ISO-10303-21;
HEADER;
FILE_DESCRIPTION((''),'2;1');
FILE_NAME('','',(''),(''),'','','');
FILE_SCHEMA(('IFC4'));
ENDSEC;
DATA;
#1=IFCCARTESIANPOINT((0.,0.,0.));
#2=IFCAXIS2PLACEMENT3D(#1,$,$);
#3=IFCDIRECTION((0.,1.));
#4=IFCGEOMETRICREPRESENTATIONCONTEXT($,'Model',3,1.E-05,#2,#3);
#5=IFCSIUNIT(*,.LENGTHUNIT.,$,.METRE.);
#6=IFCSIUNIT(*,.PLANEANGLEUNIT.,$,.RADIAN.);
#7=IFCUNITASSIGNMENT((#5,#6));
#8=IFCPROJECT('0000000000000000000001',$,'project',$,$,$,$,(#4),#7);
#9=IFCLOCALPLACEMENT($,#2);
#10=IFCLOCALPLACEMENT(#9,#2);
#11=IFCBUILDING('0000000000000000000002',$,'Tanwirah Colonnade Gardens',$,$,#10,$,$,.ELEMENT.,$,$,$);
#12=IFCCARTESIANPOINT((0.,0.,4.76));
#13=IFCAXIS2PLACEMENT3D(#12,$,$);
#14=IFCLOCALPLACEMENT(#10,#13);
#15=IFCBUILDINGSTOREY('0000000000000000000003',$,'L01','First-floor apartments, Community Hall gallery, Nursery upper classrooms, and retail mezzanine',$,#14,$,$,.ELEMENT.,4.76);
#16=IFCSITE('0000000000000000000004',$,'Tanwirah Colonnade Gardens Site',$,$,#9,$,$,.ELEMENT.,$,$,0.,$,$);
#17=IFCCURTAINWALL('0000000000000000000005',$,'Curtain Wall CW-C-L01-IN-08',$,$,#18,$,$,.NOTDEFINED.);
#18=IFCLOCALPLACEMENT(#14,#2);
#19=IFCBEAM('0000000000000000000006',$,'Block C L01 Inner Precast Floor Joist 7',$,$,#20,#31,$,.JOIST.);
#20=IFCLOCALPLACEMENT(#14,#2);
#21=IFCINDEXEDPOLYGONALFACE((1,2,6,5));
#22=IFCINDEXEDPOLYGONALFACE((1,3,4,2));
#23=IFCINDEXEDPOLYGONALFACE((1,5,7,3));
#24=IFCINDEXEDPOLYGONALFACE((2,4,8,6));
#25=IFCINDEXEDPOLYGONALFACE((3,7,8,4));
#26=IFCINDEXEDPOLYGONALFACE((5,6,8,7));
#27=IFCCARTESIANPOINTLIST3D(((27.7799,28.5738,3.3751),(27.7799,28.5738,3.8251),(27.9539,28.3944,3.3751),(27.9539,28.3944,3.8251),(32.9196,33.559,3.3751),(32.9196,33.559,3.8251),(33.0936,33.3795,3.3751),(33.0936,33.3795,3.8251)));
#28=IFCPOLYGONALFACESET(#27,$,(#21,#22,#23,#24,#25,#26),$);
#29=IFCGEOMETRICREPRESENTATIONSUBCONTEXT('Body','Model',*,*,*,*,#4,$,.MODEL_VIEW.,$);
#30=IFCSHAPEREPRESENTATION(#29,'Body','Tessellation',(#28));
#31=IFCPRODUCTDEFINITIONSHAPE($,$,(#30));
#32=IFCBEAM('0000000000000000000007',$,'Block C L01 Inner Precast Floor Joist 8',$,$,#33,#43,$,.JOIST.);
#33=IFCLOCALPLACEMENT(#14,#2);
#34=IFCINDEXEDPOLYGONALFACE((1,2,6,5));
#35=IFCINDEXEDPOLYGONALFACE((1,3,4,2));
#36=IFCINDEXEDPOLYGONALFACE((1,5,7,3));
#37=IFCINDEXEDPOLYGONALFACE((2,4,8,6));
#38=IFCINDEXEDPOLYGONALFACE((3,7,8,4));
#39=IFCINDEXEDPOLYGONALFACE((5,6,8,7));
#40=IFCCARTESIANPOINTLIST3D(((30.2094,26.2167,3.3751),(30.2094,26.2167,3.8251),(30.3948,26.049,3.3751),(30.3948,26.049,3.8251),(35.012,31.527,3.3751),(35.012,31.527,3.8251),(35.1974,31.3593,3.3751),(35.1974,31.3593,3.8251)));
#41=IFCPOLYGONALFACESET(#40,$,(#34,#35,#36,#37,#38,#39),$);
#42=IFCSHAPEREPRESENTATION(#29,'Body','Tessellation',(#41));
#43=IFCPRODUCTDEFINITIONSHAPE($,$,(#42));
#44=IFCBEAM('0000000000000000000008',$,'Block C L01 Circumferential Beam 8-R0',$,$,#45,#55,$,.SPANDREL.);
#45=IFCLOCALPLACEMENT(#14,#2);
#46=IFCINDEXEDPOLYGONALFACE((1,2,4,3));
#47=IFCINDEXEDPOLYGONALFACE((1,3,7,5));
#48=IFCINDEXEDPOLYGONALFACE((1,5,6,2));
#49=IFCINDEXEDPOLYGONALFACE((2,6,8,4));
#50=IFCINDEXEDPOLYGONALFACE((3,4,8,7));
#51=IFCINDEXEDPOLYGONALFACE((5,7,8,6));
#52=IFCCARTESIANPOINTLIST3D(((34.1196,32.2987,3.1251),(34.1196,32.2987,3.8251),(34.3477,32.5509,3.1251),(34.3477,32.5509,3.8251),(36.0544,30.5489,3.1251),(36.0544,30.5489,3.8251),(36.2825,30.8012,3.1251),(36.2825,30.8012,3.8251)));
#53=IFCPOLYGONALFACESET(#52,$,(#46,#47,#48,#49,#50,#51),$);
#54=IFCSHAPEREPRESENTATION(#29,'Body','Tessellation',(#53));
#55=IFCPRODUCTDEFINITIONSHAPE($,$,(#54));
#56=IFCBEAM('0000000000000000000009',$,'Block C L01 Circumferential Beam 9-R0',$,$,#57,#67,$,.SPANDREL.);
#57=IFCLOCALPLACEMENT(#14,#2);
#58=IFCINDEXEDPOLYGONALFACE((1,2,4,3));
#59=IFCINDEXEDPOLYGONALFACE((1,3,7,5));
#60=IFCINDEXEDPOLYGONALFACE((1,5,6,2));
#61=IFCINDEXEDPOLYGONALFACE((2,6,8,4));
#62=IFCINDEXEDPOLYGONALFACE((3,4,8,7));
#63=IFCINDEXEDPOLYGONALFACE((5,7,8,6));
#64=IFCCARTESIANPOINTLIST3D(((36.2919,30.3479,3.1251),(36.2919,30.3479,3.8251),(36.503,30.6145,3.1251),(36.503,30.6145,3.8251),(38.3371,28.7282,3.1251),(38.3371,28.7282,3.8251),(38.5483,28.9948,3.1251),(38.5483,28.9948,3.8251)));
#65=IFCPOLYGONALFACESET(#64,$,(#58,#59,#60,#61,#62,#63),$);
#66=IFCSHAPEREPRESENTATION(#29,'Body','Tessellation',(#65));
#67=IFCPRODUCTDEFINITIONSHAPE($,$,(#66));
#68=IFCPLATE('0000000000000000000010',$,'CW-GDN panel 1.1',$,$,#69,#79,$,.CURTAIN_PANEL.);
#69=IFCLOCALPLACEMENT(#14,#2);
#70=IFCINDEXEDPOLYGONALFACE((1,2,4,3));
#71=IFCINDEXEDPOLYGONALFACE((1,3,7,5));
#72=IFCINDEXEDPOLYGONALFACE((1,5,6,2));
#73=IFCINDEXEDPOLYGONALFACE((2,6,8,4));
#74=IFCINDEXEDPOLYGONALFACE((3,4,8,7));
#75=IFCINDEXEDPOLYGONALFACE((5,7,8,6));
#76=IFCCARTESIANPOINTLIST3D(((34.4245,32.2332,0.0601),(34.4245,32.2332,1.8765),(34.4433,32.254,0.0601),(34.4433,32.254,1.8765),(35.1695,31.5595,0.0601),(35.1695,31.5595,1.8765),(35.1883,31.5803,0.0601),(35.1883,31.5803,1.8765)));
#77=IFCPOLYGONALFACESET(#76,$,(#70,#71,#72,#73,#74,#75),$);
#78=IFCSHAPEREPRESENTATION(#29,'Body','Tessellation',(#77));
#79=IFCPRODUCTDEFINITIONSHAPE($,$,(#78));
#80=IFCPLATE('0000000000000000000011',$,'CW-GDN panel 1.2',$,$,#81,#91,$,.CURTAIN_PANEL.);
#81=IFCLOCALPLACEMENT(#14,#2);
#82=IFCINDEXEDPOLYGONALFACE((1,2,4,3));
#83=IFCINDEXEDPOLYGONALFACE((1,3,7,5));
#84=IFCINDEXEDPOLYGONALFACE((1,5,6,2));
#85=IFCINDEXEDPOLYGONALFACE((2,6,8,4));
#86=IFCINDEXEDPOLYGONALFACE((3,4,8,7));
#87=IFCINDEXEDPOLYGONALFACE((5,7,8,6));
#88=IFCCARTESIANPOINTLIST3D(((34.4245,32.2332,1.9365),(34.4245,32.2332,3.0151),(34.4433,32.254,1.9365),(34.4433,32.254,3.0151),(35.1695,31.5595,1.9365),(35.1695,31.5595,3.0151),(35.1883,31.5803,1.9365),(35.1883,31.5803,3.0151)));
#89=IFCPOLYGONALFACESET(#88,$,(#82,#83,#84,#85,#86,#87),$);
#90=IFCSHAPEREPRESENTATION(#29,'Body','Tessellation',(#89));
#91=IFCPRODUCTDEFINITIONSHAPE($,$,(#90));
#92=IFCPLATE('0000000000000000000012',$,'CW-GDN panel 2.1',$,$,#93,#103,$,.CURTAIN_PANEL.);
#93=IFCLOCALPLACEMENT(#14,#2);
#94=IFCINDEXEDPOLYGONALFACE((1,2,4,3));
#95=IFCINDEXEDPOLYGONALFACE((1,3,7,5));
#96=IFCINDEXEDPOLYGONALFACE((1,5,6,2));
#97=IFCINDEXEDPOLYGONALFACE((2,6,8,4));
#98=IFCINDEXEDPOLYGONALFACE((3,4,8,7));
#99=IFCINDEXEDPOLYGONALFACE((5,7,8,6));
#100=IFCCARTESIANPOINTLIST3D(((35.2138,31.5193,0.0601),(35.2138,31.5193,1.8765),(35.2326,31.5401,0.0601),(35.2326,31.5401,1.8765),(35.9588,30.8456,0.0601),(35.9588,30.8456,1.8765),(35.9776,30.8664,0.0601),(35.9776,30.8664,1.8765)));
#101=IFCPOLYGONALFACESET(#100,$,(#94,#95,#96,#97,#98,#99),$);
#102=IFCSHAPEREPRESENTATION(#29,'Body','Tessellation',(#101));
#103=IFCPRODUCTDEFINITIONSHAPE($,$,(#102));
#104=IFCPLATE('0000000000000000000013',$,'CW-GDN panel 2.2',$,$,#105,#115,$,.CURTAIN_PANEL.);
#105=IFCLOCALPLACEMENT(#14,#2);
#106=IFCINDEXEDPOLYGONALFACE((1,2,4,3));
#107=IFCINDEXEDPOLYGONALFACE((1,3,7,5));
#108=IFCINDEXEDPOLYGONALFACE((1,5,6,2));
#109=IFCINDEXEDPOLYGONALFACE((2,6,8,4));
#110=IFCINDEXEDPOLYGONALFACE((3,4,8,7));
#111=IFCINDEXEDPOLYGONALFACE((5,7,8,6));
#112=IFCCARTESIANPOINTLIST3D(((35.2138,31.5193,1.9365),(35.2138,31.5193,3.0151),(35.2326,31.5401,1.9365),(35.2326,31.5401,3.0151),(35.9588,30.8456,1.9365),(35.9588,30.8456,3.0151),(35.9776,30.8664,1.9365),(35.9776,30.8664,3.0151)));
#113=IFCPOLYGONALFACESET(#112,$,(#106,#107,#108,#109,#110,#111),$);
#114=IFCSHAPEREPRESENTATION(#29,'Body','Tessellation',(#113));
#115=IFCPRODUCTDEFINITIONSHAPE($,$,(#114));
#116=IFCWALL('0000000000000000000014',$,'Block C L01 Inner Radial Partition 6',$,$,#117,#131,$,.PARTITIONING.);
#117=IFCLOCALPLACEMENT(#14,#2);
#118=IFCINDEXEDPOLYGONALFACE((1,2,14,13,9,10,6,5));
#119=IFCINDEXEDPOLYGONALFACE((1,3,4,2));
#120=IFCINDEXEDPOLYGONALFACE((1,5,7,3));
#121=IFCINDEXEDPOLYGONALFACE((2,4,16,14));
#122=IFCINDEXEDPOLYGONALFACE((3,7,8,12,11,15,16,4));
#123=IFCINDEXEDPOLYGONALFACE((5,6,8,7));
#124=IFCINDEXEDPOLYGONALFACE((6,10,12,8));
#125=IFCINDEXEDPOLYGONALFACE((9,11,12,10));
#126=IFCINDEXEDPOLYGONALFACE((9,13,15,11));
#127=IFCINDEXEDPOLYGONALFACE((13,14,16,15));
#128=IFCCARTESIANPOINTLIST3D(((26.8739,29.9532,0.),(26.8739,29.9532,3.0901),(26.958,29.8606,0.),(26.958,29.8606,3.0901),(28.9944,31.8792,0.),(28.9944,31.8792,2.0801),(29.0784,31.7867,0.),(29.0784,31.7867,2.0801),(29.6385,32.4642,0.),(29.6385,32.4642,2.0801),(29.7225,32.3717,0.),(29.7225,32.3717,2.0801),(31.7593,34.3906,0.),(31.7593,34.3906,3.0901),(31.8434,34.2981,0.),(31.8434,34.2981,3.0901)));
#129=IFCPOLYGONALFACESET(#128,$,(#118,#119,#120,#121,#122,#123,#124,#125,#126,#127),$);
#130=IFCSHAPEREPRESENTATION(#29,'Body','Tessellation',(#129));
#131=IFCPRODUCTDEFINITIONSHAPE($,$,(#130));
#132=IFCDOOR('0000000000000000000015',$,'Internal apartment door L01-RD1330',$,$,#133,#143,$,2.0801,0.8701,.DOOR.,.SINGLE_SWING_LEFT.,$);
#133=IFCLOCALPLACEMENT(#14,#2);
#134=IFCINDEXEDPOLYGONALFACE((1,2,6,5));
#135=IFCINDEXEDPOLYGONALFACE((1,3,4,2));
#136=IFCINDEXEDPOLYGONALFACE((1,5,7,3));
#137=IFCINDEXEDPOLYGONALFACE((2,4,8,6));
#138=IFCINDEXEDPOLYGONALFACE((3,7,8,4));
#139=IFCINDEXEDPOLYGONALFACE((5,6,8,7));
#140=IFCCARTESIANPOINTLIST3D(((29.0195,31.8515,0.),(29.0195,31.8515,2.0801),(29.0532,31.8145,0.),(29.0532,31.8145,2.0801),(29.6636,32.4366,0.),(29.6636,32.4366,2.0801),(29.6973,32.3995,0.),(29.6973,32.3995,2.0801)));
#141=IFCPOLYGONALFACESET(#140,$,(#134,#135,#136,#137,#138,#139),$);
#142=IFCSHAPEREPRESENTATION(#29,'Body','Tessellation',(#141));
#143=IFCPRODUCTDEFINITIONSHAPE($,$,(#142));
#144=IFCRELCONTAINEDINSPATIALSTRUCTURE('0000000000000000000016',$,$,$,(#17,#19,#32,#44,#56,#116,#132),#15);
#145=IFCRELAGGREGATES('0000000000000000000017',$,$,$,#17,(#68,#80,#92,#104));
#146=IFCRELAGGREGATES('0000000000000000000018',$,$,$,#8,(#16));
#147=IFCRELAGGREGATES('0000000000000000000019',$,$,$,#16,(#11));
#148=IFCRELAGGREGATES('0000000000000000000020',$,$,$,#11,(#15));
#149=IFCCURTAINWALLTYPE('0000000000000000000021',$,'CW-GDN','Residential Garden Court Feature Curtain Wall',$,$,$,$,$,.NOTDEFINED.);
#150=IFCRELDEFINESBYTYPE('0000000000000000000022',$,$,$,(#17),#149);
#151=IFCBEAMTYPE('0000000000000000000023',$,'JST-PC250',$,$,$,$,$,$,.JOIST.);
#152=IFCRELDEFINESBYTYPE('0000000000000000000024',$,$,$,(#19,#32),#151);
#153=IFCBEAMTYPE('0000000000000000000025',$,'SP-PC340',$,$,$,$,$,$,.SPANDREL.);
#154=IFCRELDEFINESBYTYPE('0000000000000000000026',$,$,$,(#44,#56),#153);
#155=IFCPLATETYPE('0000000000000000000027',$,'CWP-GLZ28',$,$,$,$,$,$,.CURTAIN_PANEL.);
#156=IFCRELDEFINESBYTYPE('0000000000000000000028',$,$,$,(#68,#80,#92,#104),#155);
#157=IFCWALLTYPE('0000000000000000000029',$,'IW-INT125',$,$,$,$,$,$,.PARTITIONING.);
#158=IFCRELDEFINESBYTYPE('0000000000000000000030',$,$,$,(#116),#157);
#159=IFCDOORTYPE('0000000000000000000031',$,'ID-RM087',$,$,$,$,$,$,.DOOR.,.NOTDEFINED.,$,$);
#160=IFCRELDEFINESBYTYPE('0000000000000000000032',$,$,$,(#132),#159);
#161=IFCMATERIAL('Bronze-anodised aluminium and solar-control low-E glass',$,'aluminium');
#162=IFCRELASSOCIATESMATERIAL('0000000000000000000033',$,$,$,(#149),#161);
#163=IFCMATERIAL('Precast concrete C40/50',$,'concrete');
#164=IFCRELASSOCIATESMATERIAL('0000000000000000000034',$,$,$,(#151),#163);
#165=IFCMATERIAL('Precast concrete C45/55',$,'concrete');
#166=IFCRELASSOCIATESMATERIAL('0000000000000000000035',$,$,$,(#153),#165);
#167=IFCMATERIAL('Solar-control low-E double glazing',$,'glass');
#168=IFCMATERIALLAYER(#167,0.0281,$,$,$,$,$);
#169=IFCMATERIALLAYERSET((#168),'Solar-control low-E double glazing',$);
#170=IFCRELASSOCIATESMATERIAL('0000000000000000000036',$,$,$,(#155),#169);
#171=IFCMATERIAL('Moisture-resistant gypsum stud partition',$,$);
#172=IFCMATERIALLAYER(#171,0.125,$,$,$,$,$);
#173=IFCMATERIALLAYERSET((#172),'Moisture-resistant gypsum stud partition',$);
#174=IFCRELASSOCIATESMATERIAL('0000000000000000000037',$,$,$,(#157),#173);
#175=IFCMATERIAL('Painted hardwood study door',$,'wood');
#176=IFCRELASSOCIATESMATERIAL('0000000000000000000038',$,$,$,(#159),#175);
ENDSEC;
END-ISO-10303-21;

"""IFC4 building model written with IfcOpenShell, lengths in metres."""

from ifc_helpers import new_model, si_unit, direction, frame, frame_2d, origin, origin_2d, place, context, subcontext, project, spatial, rectangle, extrude, material, layer, layer_set, material_profile, profile_set, type_object, element, fill, aggregate, save


model = new_model("IFC4")

# Units and contexts
model_context = context("Model", 3, precision=1e-05, world=origin(), true_north=direction((0.0, 1.0)))
body_context = subcontext(model_context, "Body", "Model", "MODEL_VIEW")
ifc_project = project(units=[si_unit("LENGTHUNIT", "METRE"), si_unit("PLANEANGLEUNIT", "RADIAN")], contexts=[model_context])

# Site, building, storey
site_placement = place(None, origin())
site = spatial("IfcSite", under=ifc_project, at=site_placement, Name="Tanwirah Colonnade Gardens Site", CompositionType="ELEMENT", RefElevation=0.0)
building_placement = place(site_placement, origin())
building = spatial("IfcBuilding", under=site, at=building_placement, Name="Tanwirah Colonnade Gardens", CompositionType="ELEMENT")
storey_placement = place(building_placement, frame((0.0, 0.0, 4.76)))
storey = spatial("IfcBuildingStorey", under=building, at=storey_placement, Name="L01", Description="First-floor apartments, Community Hall gallery, Nursery upper classrooms, and retail mezzanine", CompositionType="ELEMENT", Elevation=4.76)

# Shared definitions
ifc_material_1 = material(Name="Precast concrete C45/55", Category="concrete")

# Curtain wall
ifc_material_2 = material(Name="Bronze-anodised aluminium and solar-control low-E glass", Category="aluminium")
curtain_wall_type = type_object("IfcCurtainWallType", Name="CW-GDN", Description="Residential Garden Court Feature Curtain Wall", PredefinedType="NOTDEFINED", material=ifc_material_2)
curtain_wall_placement = place(storey_placement, origin())
curtain_wall = element("IfcCurtainWall", 1, at=curtain_wall_placement, inside=storey, type_object=curtain_wall_type, Name="Curtain Wall CW-C-L01-IN-08", PredefinedType="NOTDEFINED")

# Beams
ifc_material_3 = material(Name="Precast concrete C40/50", Category="concrete")
ifc_material_profile_1 = material_profile(ifc_material_3, rectangle(XDim=0.25, YDim=0.45, at=origin_2d()), Name="PC-JST 250x450")
ifc_profile_set_1 = profile_set([ifc_material_profile_1], Name="Precast concrete C40/50")
beam_type_1 = type_object("IfcBeamType", Name="JST-PC250", PredefinedType="JOIST", material=ifc_profile_set_1)
beam_1_placement = place(storey_placement, frame((33.0066, 33.4692, 3.6001), z_axis=(-0.717816, -0.696233, 0.0), x_axis=(0.696233, -0.717816, 0.0)))
element("IfcBeam", 2, at=beam_1_placement, inside=storey, type_object=beam_type_1, Name="Block C L01 Inner Precast Floor Joist 7", PredefinedType="JOIST", context=body_context, shape_type="SweptSolid", body=[
    extrude(rectangle(XDim=0.25, YDim=0.45, at=origin_2d()), origin(), (0.0, 0.0, 1.0), 7.1602),
])
beam_2_placement = place(storey_placement, frame((35.1047, 31.4431, 3.6001), z_axis=(-0.670773, -0.741663, 0.0), x_axis=(0.741663, -0.670773, 0.0)))
element("IfcBeam", 3, at=beam_2_placement, inside=storey, type_object=beam_type_1, Name="Block C L01 Inner Precast Floor Joist 8", PredefinedType="JOIST", context=body_context, shape_type="SweptSolid", body=[
    extrude(rectangle(XDim=0.25, YDim=0.45, at=origin_2d()), origin(), (0.0, 0.0, 1.0), 7.1599),
])
ifc_material_profile_2 = material_profile(ifc_material_1, rectangle(XDim=0.3401, YDim=0.7, at=origin_2d()), Name="PC-SP 340x700")
ifc_profile_set_2 = profile_set([ifc_material_profile_2], Name="Precast concrete C45/55")
beam_type_2 = type_object("IfcBeamType", Name="SP-PC340", PredefinedType="SPANDREL", material=ifc_profile_set_2)
beam_3_placement = place(storey_placement, frame((34.2336, 32.4248, 3.4751), z_axis=(0.741687, -0.670747, 0.0), x_axis=(0.670747, 0.741687, 0.0)))
element("IfcBeam", 4, at=beam_3_placement, inside=storey, type_object=beam_type_2, Name="Block C L01 Circumferential Beam 8-R0", PredefinedType="SPANDREL", context=body_context, shape_type="SweptSolid", body=[
    extrude(rectangle(XDim=0.3401, YDim=0.7, at=origin_2d()), origin(), (0.0, 0.0, 1.0), 2.6086),
])
beam_4_placement = place(storey_placement, frame((36.3975, 30.4812, 3.4751), z_axis=(0.783945, -0.62083, 0.0), x_axis=(0.62083, 0.783945, 0.0)))
element("IfcBeam", 5, at=beam_4_placement, inside=storey, type_object=beam_type_2, Name="Block C L01 Circumferential Beam 9-R0", PredefinedType="SPANDREL", context=body_context, shape_type="SweptSolid", body=[
    extrude(rectangle(XDim=0.3401, YDim=0.7, at=origin_2d()), origin(), (0.0, 0.0, 1.0), 2.6089),
])

# Plates
ifc_material_4 = material(Name="Solar-control low-E double glazing", Category="glass")
ifc_layer_1 = layer(ifc_material_4, 0.0281)
ifc_layer_set_1 = layer_set([ifc_layer_1], Name="Solar-control low-E double glazing")
plate_type = type_object("IfcPlateType", Name="CWP-GLZ28", PredefinedType="CURTAIN_PANEL", material=ifc_layer_set_1)
plate_1_placement = place(storey_placement, frame((34.8064, 31.9067, 0.0601), z_axis=(0.0, 0.0, 1.0), x_axis=(0.741683, -0.670751, 0.0)))
plate_1 = element("IfcPlate", 6, at=plate_1_placement, type_object=plate_type, Name="CW-GDN panel 1.1", PredefinedType="CURTAIN_PANEL", context=body_context, shape_type="SweptSolid", body=[
    extrude(rectangle(XDim=1.0044, YDim=0.0281, at=origin_2d()), origin(), (0.0, 0.0, 1.0), 1.8164),
])
plate_2_placement = place(storey_placement, frame((34.8064, 31.9067, 1.9365), z_axis=(0.0, 0.0, 1.0), x_axis=(0.741683, -0.670751, 0.0)))
plate_2 = element("IfcPlate", 7, at=plate_2_placement, type_object=plate_type, Name="CW-GDN panel 1.2", PredefinedType="CURTAIN_PANEL", context=body_context, shape_type="SweptSolid", body=[
    extrude(rectangle(XDim=1.0044, YDim=0.0281, at=origin_2d()), origin(), (0.0, 0.0, 1.0), 1.0786),
])
plate_3_placement = place(storey_placement, frame((35.5957, 31.1929, 0.0601), z_axis=(0.0, 0.0, 1.0), x_axis=(0.741683, -0.670751, 0.0)))
plate_3 = element("IfcPlate", 8, at=plate_3_placement, type_object=plate_type, Name="CW-GDN panel 2.1", PredefinedType="CURTAIN_PANEL", context=body_context, shape_type="SweptSolid", body=[
    extrude(rectangle(XDim=1.0044, YDim=0.0281, at=origin_2d()), origin(), (0.0, 0.0, 1.0), 1.8164),
])
plate_4_placement = place(storey_placement, frame((35.5957, 31.1929, 1.9365), z_axis=(0.0, 0.0, 1.0), x_axis=(0.741683, -0.670751, 0.0)))
plate_4 = element("IfcPlate", 9, at=plate_4_placement, type_object=plate_type, Name="CW-GDN panel 2.2", PredefinedType="CURTAIN_PANEL", context=body_context, shape_type="SweptSolid", body=[
    extrude(rectangle(XDim=1.0044, YDim=0.0281, at=origin_2d()), origin(), (0.0, 0.0, 1.0), 1.0786),
])
aggregate(curtain_wall, [plate_1, plate_2, plate_3, plate_4])

# Wall, opening, door
ifc_material_5 = material(Name="Moisture-resistant gypsum stud partition")
ifc_layer_2 = layer(ifc_material_5, 0.125)
ifc_layer_set_2 = layer_set([ifc_layer_2], Name="Moisture-resistant gypsum stud partition")
wall_type = type_object("IfcWallType", Name="IW-INT125", PredefinedType="PARTITIONING", material=ifc_layer_set_2)
wall_placement = place(storey_placement, frame((31.8013, 34.3442, 0.0), z_axis=(0.0, 0.0, 1.0), x_axis=(-0.740231, -0.672352, 0.0)))
wall = element("IfcWall", 10, at=wall_placement, inside=storey, type_object=wall_type, Name="Block C L01 Inner Radial Partition 6", PredefinedType="PARTITIONING", context=body_context, shape_type="SweptSolid", body=[
    extrude(rectangle(XDim=6.5999, YDim=0.125, at=frame_2d((3.2998, 0.0))), origin(), (0.0, 0.0, 1.0), 3.0901),
])
opening_placement = place(wall_placement, frame((2.865, 0.0, 0.0)))
opening = element("IfcOpeningElement", 11, at=opening_placement, cuts=wall, PredefinedType="OPENING", context=body_context, shape_type="SweptSolid", body=[
    extrude(rectangle(XDim=0.8701, YDim=2.0801, at=frame_2d((0.4351, 1.04))), frame((0.0, 0.0725, 0.0), z_axis=(0.0, -1.0, 0.0), x_axis=(1.0, 0.0, 0.0)), (0.0, 0.0, 1.0), 0.145),
])
ifc_material_6 = material(Name="Painted hardwood study door", Category="wood")
door_type = type_object("IfcDoorType", Name="ID-RM087", OperationType="NOTDEFINED", PredefinedType="DOOR", material=ifc_material_6)
door_placement = place(opening_placement, origin())
door = element("IfcDoor", 12, at=door_placement, inside=storey, type_object=door_type, Name="Internal apartment door L01-RD1330", OperationType="SINGLE_SWING_LEFT", OverallHeight=2.0801, OverallWidth=0.8701, PredefinedType="DOOR", context=body_context, shape_type="SweptSolid", body=[
    extrude(rectangle(XDim=0.8701, YDim=2.0801, at=frame_2d((0.4351, 1.04))), frame((0.0, 0.0249, 0.0), z_axis=(0.0, -1.0, 0.0), x_axis=(1.0, 0.0, 0.0)), (0.0, 0.0, 1.0), 0.05),
])
fill(opening, door)

save(model, "model.ifc")
